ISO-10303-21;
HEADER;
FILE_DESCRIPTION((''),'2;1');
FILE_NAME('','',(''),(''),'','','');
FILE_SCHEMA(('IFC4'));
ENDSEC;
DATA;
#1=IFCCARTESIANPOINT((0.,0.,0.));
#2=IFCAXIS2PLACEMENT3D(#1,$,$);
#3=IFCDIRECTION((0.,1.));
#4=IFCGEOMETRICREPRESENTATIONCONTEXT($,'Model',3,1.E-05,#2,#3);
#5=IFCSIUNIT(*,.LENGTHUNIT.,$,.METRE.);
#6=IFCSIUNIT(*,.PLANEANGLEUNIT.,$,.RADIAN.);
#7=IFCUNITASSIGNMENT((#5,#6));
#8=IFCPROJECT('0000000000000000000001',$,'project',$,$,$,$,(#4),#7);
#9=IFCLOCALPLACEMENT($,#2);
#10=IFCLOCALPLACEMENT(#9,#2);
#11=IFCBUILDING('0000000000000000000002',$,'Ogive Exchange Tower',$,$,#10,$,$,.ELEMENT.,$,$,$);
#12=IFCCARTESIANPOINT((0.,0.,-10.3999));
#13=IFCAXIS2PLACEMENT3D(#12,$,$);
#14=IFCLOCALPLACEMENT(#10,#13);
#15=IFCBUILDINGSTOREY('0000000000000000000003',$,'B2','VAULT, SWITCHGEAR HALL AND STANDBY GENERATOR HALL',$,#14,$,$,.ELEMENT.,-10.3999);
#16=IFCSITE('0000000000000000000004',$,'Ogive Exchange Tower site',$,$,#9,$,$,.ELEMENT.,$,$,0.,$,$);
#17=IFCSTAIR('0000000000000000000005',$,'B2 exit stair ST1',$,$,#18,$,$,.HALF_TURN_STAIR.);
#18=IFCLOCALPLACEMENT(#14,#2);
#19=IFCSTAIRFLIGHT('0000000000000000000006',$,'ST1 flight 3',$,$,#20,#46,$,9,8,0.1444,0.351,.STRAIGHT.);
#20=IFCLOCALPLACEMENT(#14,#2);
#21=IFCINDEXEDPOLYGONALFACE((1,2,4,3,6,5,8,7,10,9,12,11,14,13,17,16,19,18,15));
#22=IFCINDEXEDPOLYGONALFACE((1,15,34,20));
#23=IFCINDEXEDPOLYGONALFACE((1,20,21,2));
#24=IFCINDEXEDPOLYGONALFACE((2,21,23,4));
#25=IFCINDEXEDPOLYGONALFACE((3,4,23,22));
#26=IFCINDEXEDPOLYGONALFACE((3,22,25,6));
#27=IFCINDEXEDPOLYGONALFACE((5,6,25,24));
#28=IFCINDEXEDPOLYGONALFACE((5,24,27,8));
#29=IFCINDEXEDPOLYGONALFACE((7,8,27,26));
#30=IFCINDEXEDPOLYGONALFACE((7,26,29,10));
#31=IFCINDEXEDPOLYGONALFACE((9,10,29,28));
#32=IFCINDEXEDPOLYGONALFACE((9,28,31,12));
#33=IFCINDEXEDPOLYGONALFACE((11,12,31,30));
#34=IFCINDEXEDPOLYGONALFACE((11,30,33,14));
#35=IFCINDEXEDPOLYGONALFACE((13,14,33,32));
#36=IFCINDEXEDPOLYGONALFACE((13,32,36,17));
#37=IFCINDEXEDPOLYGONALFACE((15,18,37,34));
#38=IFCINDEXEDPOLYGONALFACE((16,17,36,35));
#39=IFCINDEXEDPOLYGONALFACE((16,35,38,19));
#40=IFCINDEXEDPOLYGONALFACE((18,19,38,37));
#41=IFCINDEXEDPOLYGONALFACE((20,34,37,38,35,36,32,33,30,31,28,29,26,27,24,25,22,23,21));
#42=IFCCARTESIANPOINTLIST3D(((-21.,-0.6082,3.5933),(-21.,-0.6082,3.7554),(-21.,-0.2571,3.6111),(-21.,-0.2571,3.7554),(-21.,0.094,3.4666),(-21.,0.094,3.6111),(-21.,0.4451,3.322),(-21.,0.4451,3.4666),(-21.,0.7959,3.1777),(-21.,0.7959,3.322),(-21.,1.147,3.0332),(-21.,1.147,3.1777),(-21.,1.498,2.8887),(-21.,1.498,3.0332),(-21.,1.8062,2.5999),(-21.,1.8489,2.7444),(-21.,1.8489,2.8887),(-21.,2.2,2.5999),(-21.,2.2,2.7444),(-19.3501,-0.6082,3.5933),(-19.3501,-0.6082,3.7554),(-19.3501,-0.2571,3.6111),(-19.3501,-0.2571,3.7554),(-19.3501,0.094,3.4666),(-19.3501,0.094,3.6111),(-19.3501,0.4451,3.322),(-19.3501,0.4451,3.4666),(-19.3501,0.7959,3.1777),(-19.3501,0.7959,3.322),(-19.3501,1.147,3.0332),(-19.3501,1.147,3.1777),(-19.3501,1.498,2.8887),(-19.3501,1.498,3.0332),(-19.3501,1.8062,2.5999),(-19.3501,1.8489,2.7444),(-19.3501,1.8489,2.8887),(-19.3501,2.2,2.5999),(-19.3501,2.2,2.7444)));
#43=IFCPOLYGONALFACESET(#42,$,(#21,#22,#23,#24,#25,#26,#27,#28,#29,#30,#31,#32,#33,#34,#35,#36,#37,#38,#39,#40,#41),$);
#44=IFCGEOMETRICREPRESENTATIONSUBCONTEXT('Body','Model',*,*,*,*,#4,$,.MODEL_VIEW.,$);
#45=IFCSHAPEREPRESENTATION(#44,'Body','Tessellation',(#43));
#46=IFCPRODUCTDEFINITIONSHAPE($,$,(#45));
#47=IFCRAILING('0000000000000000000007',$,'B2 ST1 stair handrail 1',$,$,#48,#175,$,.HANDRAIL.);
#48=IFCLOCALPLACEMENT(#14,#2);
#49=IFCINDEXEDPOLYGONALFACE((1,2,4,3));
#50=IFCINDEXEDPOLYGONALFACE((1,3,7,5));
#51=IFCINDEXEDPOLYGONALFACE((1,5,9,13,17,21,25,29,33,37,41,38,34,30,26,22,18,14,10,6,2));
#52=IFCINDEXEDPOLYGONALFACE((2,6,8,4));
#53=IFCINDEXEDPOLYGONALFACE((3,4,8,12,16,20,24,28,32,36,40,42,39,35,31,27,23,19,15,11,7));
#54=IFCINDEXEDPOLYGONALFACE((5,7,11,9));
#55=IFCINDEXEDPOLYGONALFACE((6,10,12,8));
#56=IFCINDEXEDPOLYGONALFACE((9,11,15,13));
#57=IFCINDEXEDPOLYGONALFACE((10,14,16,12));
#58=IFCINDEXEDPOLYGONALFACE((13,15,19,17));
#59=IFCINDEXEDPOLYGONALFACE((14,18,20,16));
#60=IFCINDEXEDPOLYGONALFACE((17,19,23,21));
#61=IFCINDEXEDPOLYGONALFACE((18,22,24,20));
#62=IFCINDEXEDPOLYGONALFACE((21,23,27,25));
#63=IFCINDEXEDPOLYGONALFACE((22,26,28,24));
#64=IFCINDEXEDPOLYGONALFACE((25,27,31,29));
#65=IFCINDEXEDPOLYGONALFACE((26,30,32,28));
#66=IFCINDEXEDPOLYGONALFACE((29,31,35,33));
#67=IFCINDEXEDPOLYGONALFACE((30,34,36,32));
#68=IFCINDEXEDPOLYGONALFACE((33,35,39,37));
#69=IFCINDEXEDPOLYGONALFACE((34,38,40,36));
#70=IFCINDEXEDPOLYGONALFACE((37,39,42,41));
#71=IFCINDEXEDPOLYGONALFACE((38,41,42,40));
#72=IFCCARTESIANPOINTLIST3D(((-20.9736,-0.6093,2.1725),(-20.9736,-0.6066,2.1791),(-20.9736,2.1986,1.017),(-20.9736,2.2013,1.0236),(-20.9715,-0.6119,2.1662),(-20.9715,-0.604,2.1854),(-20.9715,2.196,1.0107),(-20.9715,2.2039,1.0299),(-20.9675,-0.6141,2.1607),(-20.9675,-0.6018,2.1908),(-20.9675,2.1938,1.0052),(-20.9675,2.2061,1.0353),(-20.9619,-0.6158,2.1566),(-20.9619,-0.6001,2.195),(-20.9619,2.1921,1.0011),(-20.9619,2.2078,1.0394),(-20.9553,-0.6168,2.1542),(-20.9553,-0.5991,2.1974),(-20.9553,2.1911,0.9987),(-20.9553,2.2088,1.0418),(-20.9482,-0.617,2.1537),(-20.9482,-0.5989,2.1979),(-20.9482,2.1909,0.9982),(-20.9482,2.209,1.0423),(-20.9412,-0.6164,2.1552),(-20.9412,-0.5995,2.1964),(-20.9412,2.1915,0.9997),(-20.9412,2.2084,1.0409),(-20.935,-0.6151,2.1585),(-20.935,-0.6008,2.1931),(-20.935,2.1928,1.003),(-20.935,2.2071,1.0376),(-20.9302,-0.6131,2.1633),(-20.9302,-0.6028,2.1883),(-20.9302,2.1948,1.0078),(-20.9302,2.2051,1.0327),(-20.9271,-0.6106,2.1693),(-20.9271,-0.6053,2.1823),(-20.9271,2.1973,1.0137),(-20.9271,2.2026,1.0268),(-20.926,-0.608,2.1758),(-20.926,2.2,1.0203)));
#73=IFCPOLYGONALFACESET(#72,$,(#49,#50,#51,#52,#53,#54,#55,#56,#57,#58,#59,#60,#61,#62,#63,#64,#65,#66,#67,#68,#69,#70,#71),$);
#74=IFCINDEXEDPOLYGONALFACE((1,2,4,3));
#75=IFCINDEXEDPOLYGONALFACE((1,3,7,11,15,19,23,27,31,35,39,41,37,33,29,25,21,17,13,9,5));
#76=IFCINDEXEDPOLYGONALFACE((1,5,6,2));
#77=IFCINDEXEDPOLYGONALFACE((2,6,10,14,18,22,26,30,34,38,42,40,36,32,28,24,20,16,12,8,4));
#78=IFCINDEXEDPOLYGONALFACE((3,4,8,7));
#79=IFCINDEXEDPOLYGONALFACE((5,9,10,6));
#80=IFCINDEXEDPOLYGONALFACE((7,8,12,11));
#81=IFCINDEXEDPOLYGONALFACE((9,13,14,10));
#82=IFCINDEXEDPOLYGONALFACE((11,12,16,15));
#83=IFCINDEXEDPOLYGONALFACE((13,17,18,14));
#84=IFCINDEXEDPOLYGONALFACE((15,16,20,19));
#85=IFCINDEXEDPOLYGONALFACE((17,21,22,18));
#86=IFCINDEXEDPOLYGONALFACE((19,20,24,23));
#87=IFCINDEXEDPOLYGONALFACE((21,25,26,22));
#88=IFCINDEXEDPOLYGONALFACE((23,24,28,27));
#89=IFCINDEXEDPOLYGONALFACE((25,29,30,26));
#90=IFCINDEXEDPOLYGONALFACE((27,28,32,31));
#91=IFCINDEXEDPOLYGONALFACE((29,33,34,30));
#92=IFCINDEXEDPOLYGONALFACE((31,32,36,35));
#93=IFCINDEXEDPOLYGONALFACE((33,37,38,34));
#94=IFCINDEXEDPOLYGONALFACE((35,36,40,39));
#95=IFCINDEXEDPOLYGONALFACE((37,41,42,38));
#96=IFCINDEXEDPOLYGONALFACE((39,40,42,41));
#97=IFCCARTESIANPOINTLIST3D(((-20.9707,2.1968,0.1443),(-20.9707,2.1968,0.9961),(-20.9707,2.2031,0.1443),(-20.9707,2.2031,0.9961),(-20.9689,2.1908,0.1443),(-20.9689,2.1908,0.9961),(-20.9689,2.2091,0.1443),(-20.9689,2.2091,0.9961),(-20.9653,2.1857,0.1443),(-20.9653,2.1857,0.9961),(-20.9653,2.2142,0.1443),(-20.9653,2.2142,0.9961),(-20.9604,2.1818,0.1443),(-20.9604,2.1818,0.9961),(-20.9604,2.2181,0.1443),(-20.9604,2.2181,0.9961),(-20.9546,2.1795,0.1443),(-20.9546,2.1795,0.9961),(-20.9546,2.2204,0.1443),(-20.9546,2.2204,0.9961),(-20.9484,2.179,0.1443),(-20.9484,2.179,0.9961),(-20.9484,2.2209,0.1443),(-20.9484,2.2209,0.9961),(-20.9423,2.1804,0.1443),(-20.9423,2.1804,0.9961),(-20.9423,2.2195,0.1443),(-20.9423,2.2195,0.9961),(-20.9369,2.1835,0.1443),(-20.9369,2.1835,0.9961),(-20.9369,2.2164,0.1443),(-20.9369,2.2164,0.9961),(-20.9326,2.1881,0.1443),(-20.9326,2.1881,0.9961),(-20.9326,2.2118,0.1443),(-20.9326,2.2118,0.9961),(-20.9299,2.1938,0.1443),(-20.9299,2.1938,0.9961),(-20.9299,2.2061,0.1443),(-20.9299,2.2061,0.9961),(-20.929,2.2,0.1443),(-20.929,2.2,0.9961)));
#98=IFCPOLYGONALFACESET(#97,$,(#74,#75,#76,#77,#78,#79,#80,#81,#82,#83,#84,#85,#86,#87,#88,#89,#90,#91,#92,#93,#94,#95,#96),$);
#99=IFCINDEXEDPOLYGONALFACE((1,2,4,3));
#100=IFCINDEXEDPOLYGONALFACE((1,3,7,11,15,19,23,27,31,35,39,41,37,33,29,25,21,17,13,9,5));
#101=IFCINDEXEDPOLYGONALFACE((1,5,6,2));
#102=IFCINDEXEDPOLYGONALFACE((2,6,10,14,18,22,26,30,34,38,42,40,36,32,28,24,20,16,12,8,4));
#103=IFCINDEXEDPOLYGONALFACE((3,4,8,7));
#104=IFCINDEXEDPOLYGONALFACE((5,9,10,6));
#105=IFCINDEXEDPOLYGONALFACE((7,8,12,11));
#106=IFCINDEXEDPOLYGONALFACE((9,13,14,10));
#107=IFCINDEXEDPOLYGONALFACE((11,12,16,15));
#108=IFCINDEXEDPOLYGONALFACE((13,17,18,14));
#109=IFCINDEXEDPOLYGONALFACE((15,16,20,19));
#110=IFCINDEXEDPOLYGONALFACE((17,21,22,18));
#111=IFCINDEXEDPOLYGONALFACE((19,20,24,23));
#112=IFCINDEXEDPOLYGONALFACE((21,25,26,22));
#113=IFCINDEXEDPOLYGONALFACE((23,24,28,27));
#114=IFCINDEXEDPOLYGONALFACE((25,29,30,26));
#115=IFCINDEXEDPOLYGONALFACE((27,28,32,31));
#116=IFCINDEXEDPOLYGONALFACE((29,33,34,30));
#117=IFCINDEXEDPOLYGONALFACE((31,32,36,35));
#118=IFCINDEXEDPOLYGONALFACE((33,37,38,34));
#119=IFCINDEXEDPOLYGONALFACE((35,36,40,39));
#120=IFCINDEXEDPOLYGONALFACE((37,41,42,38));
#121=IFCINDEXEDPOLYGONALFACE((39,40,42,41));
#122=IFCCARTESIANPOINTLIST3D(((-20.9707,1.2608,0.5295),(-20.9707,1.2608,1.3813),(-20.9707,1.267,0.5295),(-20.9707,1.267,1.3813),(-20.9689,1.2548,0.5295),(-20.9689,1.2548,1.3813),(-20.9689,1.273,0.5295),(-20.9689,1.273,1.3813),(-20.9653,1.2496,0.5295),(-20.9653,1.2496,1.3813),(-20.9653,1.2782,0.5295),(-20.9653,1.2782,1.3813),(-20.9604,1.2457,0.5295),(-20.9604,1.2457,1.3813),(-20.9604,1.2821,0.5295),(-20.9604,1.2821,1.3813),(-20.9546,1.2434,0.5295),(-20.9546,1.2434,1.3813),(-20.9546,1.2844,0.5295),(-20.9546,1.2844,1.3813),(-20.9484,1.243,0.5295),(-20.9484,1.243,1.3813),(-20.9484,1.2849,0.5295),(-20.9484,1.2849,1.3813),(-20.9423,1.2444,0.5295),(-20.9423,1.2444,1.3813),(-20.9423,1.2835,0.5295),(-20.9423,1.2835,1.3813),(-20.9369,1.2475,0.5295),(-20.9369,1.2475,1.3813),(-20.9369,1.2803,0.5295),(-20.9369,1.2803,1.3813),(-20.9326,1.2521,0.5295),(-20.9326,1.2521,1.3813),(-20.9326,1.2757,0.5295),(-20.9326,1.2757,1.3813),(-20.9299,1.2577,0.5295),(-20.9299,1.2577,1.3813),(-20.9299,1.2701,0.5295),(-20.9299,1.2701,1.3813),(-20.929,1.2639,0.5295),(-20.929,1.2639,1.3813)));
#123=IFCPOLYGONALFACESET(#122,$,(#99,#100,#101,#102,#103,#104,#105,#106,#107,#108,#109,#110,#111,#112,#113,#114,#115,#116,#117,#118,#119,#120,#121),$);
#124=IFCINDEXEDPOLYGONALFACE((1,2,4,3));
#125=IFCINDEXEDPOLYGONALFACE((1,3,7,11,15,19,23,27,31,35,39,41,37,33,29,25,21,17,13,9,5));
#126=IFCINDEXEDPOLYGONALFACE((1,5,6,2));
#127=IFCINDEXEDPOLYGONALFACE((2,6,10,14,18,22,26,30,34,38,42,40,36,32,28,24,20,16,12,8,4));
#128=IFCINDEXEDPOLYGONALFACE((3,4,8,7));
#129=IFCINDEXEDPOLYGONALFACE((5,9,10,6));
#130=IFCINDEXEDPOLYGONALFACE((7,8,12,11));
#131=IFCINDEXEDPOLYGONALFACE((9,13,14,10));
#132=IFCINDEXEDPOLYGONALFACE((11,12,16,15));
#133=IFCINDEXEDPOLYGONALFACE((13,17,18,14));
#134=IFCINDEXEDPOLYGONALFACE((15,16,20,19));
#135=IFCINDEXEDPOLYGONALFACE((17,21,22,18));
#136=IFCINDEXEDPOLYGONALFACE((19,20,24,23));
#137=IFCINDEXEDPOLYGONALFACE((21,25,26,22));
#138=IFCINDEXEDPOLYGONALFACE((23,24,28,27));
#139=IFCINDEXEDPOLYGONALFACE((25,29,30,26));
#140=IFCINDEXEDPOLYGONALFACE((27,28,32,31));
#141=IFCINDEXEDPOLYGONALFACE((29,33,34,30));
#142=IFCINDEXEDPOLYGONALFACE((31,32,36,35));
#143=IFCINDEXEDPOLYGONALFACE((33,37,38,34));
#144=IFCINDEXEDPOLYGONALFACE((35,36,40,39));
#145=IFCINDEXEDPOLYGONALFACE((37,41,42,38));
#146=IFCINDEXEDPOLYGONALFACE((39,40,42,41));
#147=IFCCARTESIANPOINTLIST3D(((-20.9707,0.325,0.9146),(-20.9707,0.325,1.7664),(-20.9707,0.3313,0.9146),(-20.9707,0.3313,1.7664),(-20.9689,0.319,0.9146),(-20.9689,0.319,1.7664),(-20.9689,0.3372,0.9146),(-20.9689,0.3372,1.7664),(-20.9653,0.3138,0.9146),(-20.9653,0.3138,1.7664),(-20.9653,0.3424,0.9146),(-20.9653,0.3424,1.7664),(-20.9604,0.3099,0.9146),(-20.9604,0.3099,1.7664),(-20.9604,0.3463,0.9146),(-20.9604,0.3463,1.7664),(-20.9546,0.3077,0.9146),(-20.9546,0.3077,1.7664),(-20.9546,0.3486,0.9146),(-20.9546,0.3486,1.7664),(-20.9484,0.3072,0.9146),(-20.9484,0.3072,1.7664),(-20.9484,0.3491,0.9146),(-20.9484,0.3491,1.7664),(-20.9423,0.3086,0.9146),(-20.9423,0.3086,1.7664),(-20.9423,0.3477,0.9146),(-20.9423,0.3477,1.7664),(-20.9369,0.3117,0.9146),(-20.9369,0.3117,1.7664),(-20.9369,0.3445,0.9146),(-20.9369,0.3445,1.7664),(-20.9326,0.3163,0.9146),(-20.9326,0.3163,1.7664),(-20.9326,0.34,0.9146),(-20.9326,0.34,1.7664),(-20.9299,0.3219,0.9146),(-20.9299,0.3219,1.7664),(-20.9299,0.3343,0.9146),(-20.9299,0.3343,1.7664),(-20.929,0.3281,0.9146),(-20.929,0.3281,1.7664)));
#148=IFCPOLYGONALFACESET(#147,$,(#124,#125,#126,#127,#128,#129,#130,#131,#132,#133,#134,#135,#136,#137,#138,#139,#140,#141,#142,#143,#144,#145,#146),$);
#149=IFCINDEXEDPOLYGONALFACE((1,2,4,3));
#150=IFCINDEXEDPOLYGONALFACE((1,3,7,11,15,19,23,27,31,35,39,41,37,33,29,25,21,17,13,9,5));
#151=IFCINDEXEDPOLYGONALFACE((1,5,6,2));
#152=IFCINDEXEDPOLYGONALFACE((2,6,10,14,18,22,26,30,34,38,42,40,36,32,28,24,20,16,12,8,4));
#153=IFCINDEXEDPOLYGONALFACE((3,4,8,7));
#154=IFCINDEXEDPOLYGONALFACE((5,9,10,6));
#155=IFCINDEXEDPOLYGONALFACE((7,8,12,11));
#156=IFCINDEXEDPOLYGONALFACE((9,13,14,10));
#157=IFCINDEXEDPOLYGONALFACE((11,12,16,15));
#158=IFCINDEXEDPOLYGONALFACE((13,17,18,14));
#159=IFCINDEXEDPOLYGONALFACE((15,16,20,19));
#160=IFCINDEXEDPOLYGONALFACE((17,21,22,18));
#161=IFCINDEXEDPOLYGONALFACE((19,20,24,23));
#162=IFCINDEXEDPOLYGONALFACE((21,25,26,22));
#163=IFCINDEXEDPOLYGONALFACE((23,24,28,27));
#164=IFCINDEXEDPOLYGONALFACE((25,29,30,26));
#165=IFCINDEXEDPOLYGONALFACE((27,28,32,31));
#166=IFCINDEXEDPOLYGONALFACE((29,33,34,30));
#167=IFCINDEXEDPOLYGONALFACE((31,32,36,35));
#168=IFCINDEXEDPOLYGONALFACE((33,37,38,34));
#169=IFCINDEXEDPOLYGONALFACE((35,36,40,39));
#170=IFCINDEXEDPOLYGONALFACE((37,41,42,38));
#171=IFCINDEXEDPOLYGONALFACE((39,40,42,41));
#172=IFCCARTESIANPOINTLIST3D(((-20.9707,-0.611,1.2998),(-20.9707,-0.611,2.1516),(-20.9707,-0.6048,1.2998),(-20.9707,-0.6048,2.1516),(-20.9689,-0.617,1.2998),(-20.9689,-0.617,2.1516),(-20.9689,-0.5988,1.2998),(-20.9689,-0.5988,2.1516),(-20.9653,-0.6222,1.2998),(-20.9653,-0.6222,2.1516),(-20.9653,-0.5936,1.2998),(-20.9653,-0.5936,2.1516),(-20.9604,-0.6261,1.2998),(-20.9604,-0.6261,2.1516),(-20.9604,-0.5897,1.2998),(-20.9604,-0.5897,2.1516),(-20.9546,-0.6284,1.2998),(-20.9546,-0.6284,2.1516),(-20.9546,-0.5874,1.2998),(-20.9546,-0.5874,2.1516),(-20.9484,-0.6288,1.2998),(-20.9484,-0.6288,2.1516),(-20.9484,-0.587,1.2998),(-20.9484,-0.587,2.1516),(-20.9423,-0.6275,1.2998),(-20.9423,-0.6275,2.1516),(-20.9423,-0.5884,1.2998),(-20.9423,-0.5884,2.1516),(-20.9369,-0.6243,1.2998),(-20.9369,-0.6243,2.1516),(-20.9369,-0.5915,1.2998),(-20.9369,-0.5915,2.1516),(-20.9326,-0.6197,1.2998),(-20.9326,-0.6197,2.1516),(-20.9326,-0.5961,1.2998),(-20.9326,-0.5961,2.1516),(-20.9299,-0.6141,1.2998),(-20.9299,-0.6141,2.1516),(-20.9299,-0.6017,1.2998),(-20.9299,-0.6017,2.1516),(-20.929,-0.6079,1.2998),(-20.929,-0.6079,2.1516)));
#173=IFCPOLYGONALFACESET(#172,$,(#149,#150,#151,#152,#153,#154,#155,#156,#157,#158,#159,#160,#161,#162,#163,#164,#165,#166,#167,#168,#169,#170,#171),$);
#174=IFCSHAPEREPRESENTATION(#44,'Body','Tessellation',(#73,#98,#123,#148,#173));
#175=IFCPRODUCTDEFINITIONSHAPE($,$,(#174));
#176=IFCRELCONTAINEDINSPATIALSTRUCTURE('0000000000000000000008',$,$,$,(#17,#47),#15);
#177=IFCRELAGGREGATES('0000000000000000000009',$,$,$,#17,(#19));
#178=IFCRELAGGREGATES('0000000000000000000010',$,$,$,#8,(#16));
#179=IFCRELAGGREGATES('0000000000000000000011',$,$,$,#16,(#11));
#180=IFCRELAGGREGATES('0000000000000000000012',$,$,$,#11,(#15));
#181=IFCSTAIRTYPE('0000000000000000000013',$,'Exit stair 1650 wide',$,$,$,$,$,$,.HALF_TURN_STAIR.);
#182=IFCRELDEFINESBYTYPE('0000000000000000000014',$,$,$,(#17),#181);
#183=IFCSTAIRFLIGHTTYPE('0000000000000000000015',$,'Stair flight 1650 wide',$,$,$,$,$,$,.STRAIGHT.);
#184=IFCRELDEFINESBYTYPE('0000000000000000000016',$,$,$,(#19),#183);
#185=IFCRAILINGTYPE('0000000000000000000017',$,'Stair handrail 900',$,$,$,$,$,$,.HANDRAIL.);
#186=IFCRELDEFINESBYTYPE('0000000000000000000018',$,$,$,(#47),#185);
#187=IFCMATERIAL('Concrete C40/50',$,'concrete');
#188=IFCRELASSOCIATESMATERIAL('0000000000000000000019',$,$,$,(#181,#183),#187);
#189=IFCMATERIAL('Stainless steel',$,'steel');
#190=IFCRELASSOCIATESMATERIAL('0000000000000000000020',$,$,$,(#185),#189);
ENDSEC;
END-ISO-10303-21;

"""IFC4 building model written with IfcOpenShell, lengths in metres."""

from ifc_helpers import new_model, si_unit, direction, frame, origin, origin_2d, place, context, subcontext, project, spatial, polyline, circle, outline, extrude, material, type_object, element, aggregate, save


model = new_model("IFC4")

# Units and contexts
model_context = context("Model", 3, precision=1e-05, world=origin(), true_north=direction((0.0, 1.0)))
body_context = subcontext(model_context, "Body", "Model", "MODEL_VIEW")
ifc_project = project(units=[si_unit("LENGTHUNIT", "METRE"), si_unit("PLANEANGLEUNIT", "RADIAN")], contexts=[model_context])

# Site, building, storey
site_placement = place(None, origin())
site = spatial("IfcSite", under=ifc_project, at=site_placement, Name="Ogive Exchange Tower site", CompositionType="ELEMENT", RefElevation=0.0)
building_placement = place(site_placement, origin())
building = spatial("IfcBuilding", under=site, at=building_placement, Name="Ogive Exchange Tower", CompositionType="ELEMENT")
storey_placement = place(building_placement, frame((0.0, 0.0, -10.3999)))
storey = spatial("IfcBuildingStorey", under=building, at=storey_placement, Name="B2", Description="VAULT, SWITCHGEAR HALL AND STANDBY GENERATOR HALL", CompositionType="ELEMENT", Elevation=-10.3999)

# Shared definitions
ifc_material_1 = material(Name="Concrete C40/50", Category="concrete")

# Stair, stair flight
stair_type = type_object("IfcStairType", Name="Exit stair 1650 wide", PredefinedType="HALF_TURN_STAIR", material=ifc_material_1)
stair_placement = place(storey_placement, origin())
stair = element("IfcStair", 1, at=stair_placement, inside=storey, type_object=stair_type, Name="B2 exit stair ST1", PredefinedType="HALF_TURN_STAIR")
stair_flight_type = type_object("IfcStairFlightType", Name="Stair flight 1650 wide", PredefinedType="STRAIGHT", material=ifc_material_1)
stair_flight_1_placement = place(storey_placement, frame((-20.175, 2.2, 2.5999), z_axis=(0.0, 0.0, 1.0), x_axis=(0.0, -1.0, 0.0)))
stair_flight_1 = element("IfcStairFlight", 2, at=stair_flight_1_placement, type_object=stair_flight_type, Name="ST1 flight 3", NumberOfRisers=9, NumberOfTreads=8, PredefinedType="STRAIGHT", RiserHeight=0.1444, TreadLength=0.351, context=body_context, shape_type="SweptSolid", body=[
    extrude(outline(polyline([(0.0, 0.0), (0.0, 0.1445), (0.3511, 0.1445), (0.3511, 0.2888), (0.7019, 0.2888), (0.7019, 0.4333), (1.053, 0.4333), (1.053, 0.5779), (1.4041, 0.5779), (1.4041, 0.7222), (1.7549, 0.7222), (1.7549, 0.8667), (2.106, 0.8667), (2.106, 1.0112), (2.457, 1.0112), (2.457, 1.1555), (2.8081, 1.1555), (2.8081, 1.3), (2.8081, 0.9934), (0.3938, 0.0), (0.0, 0.0)])), frame((0.0, 0.825, 0.0), z_axis=(0.0, -1.0, 0.0), x_axis=(1.0, 0.0, 0.0)), (0.0, 0.0, 1.0), 1.6499),
])
aggregate(stair, [stair_flight_1])

# Railing
ifc_material_2 = material(Name="Stainless steel", Category="steel")
railing_type = type_object("IfcRailingType", Name="Stair handrail 900", PredefinedType="HANDRAIL", material=ifc_material_2)
for number, where, name in (
    (3, (-20.95, 2.2, 0.1443), "B2 ST1 stair handrail 1"),
):
    element("IfcRailing", number, at=place(storey_placement, frame(where)), inside=storey, type_object=railing_type, Name=name, PredefinedType="HANDRAIL", context=body_context, shape_type="SweptSolid", body=[
        extrude(circle(Radius=0.0239, at=origin_2d()), frame((0.0, 0.0, 0.876), z_axis=(0.0, -0.924755, 0.380564), x_axis=(1.0, 0.0, 0.0)), (0.0, 0.0, 1.0), 3.0364),
        extrude(circle(Radius=0.021, at=origin_2d()), origin(), (0.0, 0.0, 1.0), 0.8518),
        extrude(circle(Radius=0.021, at=origin_2d()), frame((0.0, -0.936, 0.3853)), (0.0, 0.0, 1.0), 0.8518),
        extrude(circle(Radius=0.021, at=origin_2d()), frame((0.0, -1.8718, 0.7703)), (0.0, 0.0, 1.0), 0.8518),
        extrude(circle(Radius=0.021, at=origin_2d()), frame((0.0, -2.8079, 1.1555)), (0.0, 0.0, 1.0), 0.8518),
    ])

save(model, "model.ifc")
